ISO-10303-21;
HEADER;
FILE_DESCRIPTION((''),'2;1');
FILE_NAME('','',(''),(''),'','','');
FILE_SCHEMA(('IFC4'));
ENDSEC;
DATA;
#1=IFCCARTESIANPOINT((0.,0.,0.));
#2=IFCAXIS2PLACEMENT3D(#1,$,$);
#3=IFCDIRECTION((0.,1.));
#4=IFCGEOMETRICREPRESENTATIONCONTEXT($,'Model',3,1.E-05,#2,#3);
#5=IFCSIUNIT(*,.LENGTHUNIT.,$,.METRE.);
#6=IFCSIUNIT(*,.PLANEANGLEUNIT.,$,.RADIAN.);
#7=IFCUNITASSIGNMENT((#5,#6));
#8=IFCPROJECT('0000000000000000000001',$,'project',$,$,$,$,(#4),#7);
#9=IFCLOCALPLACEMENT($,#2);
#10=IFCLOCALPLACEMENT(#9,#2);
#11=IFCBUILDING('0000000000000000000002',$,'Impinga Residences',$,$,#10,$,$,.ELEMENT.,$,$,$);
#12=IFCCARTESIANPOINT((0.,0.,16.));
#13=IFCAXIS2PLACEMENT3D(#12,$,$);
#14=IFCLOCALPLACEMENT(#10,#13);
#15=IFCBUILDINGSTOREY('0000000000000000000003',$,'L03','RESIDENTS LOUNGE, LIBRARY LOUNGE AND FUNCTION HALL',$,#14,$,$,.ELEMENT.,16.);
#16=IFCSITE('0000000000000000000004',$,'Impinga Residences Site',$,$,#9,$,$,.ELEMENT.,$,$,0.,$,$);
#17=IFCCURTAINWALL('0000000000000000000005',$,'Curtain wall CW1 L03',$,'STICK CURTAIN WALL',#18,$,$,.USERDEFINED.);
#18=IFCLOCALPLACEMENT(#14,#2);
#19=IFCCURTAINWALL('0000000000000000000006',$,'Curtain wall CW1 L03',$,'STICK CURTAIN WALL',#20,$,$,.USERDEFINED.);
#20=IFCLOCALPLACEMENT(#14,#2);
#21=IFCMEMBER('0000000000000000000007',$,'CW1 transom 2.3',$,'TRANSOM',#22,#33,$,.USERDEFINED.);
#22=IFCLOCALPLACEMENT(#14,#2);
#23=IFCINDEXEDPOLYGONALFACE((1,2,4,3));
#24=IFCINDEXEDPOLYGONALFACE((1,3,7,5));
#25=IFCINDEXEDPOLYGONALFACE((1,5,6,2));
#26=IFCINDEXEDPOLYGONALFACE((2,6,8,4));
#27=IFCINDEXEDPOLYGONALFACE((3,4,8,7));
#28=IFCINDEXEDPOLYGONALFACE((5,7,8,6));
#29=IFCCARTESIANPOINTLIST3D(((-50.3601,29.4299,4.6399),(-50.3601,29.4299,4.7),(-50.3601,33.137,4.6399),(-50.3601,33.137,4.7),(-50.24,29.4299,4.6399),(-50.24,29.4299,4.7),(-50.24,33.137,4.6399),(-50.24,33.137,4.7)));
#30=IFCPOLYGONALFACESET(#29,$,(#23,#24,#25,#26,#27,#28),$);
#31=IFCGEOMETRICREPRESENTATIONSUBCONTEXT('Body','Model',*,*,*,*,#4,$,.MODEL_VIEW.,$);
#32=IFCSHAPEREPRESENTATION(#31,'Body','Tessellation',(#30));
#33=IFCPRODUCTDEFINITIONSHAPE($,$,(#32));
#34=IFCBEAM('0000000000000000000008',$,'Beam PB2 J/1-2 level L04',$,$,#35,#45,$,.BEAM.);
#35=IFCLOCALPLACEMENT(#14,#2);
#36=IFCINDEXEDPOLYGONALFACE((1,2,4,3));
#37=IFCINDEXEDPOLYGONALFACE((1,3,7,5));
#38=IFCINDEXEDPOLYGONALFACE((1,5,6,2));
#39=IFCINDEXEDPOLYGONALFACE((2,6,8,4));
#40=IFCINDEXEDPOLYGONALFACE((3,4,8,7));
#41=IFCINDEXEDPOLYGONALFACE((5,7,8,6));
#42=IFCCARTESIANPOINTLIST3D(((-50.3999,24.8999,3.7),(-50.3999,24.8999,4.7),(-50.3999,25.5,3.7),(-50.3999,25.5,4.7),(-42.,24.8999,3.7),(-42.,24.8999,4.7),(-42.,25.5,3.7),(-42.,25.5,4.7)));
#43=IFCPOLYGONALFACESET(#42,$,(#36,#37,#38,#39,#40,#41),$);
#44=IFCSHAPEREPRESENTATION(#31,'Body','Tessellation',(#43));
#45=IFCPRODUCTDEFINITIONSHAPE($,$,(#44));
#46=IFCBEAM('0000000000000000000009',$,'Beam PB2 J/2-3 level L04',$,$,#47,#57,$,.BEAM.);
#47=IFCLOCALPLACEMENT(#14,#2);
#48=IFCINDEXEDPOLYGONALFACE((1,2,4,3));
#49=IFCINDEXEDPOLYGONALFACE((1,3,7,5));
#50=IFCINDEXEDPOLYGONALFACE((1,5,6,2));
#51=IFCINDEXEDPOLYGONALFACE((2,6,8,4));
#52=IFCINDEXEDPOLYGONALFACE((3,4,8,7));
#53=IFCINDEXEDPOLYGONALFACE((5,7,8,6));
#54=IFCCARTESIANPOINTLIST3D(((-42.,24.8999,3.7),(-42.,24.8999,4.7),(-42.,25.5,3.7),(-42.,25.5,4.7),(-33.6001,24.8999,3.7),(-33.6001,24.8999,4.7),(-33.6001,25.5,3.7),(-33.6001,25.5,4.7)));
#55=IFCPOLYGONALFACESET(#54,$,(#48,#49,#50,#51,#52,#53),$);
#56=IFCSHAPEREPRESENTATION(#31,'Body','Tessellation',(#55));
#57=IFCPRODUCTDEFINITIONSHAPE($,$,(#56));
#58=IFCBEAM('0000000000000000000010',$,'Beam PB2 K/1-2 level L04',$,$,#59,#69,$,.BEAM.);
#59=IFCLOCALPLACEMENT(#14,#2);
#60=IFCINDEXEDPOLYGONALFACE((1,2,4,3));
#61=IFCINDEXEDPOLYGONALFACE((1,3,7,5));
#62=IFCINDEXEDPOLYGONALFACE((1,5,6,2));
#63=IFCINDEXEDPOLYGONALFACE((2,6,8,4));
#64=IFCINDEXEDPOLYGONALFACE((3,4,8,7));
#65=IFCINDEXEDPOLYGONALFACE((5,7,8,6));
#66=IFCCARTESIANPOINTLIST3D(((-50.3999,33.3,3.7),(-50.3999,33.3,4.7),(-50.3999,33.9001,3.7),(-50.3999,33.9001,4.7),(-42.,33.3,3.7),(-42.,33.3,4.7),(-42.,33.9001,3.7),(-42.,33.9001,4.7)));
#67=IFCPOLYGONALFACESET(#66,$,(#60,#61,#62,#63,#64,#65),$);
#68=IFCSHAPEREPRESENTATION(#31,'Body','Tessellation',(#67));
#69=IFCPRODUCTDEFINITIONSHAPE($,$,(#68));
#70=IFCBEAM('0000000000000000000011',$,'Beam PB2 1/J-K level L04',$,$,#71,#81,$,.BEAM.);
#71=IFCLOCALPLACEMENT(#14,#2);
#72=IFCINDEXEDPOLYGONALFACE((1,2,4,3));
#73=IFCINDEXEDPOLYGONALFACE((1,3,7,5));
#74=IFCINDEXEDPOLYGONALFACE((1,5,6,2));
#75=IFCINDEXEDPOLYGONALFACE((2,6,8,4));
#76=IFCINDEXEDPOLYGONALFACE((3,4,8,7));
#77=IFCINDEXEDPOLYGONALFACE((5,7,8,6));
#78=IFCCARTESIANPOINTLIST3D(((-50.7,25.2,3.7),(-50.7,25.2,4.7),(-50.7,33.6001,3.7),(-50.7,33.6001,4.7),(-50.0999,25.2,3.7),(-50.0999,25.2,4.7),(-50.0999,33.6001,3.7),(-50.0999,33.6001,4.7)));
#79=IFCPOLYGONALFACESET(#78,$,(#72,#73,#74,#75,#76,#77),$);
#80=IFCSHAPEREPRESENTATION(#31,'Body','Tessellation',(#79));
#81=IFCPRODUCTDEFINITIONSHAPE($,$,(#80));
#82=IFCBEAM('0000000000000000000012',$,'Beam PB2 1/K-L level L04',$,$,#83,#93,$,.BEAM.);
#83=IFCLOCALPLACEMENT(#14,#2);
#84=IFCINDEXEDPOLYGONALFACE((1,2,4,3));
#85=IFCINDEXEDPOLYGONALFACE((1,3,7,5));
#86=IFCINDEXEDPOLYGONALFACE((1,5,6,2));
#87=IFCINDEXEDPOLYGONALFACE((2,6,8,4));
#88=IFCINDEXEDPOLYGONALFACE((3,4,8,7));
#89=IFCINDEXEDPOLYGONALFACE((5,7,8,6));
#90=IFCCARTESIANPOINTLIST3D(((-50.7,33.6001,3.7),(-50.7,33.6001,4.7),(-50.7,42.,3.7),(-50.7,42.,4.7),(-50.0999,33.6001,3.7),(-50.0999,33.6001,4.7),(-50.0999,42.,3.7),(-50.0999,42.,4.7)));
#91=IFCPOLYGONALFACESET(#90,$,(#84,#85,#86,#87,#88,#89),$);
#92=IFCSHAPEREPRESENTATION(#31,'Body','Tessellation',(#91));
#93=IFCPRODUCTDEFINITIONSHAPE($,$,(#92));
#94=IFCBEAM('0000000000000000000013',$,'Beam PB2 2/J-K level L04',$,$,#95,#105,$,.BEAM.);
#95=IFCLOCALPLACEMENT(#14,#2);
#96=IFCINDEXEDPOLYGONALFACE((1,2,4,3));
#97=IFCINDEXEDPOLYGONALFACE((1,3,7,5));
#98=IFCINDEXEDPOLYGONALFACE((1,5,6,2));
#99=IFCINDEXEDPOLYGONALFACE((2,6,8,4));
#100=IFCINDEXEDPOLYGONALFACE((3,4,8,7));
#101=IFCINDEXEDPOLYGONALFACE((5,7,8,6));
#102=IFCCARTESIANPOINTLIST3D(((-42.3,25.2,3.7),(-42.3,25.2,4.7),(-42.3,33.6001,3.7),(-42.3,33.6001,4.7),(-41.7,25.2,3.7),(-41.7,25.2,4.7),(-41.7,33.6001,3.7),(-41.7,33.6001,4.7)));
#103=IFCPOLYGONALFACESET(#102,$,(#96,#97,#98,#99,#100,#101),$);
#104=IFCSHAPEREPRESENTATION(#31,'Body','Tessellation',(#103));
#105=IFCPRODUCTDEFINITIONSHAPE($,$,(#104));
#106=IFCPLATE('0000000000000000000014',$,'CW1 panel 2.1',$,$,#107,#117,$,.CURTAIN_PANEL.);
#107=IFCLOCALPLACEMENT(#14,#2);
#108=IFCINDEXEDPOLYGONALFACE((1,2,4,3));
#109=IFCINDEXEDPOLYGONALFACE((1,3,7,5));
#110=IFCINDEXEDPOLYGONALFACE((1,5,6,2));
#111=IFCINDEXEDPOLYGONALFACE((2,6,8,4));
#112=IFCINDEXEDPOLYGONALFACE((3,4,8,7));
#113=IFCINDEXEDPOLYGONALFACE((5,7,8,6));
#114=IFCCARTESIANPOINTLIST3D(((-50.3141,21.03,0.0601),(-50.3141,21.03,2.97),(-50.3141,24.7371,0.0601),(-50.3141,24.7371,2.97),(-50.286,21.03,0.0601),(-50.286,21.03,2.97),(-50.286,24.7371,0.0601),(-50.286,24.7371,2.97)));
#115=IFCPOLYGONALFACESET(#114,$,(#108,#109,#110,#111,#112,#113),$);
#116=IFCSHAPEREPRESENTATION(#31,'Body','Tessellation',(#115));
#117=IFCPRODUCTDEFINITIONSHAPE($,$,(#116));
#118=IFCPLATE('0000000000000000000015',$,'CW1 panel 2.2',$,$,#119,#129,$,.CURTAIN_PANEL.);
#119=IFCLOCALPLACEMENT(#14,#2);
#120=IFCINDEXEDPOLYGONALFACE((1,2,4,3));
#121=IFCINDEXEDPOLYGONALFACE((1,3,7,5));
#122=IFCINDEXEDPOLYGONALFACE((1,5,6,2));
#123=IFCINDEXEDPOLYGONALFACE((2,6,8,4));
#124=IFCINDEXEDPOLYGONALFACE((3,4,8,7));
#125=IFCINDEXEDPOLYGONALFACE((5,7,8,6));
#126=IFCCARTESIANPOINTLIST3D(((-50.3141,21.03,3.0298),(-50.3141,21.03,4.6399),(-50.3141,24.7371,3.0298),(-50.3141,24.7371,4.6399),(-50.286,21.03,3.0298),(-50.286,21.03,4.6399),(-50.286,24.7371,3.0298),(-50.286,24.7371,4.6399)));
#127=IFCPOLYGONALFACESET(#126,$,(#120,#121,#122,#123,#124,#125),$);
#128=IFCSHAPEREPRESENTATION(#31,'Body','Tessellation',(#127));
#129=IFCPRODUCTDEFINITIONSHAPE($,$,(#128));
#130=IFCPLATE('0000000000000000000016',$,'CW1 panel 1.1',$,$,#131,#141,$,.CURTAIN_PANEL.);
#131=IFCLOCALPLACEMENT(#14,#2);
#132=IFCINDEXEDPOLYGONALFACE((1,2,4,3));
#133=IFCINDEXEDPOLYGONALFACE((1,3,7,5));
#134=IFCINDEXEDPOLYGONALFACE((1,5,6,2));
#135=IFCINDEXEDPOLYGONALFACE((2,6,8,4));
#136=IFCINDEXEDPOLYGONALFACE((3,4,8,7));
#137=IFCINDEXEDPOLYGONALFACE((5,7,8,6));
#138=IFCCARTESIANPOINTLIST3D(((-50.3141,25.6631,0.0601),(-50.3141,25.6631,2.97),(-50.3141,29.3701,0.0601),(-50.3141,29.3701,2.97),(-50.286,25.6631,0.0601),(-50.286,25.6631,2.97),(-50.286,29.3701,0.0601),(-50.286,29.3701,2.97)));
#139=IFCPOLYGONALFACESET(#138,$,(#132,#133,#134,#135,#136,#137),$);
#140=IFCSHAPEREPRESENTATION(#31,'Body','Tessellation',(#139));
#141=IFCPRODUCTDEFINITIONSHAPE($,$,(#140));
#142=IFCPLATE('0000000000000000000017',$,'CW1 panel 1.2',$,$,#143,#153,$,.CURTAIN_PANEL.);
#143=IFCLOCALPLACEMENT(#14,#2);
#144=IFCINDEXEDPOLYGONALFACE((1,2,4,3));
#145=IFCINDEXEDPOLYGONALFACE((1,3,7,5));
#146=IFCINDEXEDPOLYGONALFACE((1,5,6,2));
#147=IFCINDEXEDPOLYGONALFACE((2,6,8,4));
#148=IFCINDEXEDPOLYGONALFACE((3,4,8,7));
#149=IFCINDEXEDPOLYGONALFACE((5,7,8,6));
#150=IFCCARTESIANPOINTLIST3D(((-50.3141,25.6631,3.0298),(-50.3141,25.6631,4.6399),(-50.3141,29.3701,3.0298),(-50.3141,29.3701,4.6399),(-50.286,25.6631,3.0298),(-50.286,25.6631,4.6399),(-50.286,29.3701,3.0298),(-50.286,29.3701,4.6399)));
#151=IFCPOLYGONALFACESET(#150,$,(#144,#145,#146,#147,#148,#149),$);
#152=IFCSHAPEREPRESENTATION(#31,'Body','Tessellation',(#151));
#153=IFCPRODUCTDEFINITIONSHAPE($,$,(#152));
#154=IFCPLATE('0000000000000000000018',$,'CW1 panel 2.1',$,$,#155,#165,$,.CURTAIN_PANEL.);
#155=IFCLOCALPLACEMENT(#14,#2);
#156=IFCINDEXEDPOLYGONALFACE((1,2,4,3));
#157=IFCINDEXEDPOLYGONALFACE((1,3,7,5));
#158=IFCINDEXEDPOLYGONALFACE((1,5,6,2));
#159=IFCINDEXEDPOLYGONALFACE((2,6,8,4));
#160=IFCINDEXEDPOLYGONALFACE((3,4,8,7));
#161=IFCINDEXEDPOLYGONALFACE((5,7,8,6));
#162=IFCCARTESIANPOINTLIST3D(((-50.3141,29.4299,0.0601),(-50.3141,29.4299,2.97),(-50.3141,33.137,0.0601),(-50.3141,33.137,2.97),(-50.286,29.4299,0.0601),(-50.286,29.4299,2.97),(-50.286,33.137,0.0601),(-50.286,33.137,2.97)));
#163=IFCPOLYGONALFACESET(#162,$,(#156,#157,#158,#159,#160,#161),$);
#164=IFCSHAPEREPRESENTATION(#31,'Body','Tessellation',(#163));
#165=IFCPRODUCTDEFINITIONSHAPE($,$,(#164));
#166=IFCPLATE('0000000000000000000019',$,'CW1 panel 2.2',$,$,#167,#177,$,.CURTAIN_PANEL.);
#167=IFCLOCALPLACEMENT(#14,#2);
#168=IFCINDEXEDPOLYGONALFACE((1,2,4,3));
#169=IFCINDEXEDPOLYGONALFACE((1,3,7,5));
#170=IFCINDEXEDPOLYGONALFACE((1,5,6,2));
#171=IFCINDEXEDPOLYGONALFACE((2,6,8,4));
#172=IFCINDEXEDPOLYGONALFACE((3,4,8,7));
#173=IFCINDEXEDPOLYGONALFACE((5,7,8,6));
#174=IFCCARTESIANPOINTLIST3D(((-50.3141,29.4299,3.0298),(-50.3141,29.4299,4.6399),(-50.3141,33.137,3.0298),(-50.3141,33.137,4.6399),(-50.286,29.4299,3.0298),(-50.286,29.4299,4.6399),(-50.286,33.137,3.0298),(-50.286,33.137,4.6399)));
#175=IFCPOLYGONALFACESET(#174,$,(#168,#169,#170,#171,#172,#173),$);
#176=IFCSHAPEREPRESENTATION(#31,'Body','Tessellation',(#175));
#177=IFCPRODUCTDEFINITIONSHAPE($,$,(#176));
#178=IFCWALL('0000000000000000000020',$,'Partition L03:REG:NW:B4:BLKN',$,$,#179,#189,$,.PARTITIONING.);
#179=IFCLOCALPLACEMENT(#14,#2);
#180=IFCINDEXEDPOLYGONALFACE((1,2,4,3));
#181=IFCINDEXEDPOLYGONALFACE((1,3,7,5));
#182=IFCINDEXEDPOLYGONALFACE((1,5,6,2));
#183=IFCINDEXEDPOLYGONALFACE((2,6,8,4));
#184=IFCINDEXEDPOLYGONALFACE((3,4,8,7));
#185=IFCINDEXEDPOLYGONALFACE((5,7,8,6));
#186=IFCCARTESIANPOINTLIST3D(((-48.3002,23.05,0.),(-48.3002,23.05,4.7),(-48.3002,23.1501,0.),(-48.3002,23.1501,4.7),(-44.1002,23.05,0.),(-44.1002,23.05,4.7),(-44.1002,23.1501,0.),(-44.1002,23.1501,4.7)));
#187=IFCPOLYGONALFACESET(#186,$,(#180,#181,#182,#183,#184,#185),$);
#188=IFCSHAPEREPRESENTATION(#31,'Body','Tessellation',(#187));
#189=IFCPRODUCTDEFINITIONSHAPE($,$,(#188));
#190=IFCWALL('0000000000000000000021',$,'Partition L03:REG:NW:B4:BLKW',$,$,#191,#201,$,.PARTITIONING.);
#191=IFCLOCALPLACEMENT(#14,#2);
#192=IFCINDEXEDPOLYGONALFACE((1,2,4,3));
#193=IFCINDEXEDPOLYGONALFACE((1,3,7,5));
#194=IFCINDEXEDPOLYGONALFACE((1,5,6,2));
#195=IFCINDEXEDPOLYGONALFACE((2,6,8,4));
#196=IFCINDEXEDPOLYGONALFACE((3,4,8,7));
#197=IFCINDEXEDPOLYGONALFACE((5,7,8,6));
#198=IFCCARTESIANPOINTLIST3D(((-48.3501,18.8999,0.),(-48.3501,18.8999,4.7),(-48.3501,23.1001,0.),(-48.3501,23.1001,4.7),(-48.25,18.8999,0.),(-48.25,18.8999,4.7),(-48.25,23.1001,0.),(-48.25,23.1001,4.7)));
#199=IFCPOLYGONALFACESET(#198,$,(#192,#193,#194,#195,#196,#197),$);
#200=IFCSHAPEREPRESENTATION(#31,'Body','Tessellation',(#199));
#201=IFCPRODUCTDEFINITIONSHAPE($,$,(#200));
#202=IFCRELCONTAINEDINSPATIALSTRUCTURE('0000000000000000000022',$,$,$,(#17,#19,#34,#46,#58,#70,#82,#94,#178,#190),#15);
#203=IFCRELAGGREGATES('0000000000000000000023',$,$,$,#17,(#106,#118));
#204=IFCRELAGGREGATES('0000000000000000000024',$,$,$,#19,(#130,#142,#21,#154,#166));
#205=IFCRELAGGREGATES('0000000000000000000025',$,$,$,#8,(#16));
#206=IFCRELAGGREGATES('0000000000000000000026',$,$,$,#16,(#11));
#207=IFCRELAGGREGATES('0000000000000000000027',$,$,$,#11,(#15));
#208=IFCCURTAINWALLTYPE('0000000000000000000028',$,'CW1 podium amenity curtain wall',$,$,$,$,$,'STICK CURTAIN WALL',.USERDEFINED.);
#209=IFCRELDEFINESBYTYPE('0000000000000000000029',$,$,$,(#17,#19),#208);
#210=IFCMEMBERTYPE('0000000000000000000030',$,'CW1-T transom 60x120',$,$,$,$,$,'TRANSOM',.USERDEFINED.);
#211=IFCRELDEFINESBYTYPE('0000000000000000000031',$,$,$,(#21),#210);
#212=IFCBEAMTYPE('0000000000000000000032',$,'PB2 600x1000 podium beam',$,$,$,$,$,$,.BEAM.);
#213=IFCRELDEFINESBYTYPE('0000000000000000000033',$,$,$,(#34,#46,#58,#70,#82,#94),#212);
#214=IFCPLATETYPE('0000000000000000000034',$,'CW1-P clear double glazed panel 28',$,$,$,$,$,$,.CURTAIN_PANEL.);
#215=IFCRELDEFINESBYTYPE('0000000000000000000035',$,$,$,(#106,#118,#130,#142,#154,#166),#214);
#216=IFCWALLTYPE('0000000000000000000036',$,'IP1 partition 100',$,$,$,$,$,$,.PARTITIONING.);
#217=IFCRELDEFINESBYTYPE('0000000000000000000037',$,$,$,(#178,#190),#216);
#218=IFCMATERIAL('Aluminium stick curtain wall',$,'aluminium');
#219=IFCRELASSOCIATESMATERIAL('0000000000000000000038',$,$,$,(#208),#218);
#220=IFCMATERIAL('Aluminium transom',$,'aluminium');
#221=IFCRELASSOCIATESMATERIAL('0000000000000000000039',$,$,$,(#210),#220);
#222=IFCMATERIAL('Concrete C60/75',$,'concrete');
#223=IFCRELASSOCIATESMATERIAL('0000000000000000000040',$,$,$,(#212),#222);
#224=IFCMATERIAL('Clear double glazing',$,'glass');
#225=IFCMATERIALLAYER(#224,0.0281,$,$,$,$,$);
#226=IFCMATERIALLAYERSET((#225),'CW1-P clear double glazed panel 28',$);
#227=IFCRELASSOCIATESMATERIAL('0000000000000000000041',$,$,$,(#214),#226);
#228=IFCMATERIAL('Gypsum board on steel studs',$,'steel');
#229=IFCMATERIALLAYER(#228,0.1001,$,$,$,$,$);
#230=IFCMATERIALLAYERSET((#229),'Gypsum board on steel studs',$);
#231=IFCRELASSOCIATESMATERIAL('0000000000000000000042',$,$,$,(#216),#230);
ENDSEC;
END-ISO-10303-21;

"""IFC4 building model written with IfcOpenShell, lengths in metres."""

from ifc_helpers import new_model, si_unit, direction, frame, frame_2d, origin, origin_2d, place, context, subcontext, project, spatial, rectangle, extrude, material, layer, layer_set, material_profile, profile_set, type_object, element, aggregate, save


model = new_model("IFC4")

# Units and contexts
model_context = context("Model", 3, precision=1e-05, world=origin(), true_north=direction((0.0, 1.0)))
body_context = subcontext(model_context, "Body", "Model", "MODEL_VIEW")
ifc_project = project(units=[si_unit("LENGTHUNIT", "METRE"), si_unit("PLANEANGLEUNIT", "RADIAN")], contexts=[model_context])

# Site, building, storey
site_placement = place(None, origin())
site = spatial("IfcSite", under=ifc_project, at=site_placement, Name="Impinga Residences Site", CompositionType="ELEMENT", RefElevation=0.0)
building_placement = place(site_placement, origin())
building = spatial("IfcBuilding", under=site, at=building_placement, Name="Impinga Residences", CompositionType="ELEMENT")
storey_placement = place(building_placement, frame((0.0, 0.0, 16.0)))
storey = spatial("IfcBuildingStorey", under=building, at=storey_placement, Name="L03", Description="RESIDENTS LOUNGE, LIBRARY LOUNGE AND FUNCTION HALL", CompositionType="ELEMENT", Elevation=16.0)

# Curtain wall
ifc_material_1 = material(Name="Aluminium stick curtain wall", Category="aluminium")
curtain_wall_type = type_object("IfcCurtainWallType", Name="CW1 podium amenity curtain wall", ElementType="STICK CURTAIN WALL", PredefinedType="USERDEFINED", material=ifc_material_1)
curtain_wall_1_placement = place(storey_placement, origin())
curtain_wall_1 = element("IfcCurtainWall", 1, at=curtain_wall_1_placement, inside=storey, type_object=curtain_wall_type, Name="Curtain wall CW1 L03", ObjectType="STICK CURTAIN WALL", PredefinedType="USERDEFINED")

# Curtain wall
curtain_wall_2_placement = place(storey_placement, origin())
curtain_wall_2 = element("IfcCurtainWall", 2, at=curtain_wall_2_placement, inside=storey, type_object=curtain_wall_type, Name="Curtain wall CW1 L03", ObjectType="STICK CURTAIN WALL", PredefinedType="USERDEFINED")

# Member
ifc_material_2 = material(Name="Aluminium transom", Category="aluminium")
ifc_material_profile_1 = material_profile(ifc_material_2, rectangle(XDim=0.0601, YDim=0.1201, at=origin_2d()), Name="60x120 transom")
ifc_profile_set_1 = profile_set([ifc_material_profile_1], Name="Aluminium transom")
member_type_1 = type_object("IfcMemberType", Name="CW1-T transom 60x120", ElementType="TRANSOM", PredefinedType="USERDEFINED", material=ifc_profile_set_1)
member_1_placement = place(storey_placement, frame((-50.3, 29.4299, 4.6699), z_axis=(0.0, 1.0, 0.0), x_axis=(0.0, 0.0, 1.0)))
member_1 = element("IfcMember", 3, at=member_1_placement, type_object=member_type_1, Name="CW1 transom 2.3", ObjectType="TRANSOM", PredefinedType="USERDEFINED", context=body_context, shape_type="SweptSolid", body=[
    extrude(rectangle(XDim=0.0601, YDim=0.1201, at=origin_2d()), origin(), (0.0, 0.0, 1.0), 3.707),
])

# Beams
ifc_material_3 = material(Name="Concrete C60/75", Category="concrete")
ifc_material_profile_2 = material_profile(ifc_material_3, rectangle(XDim=0.6001, YDim=1.0, at=origin_2d()), Name="RC 600x1000")
ifc_profile_set_2 = profile_set([ifc_material_profile_2], Name="Concrete C60/75")
beam_type = type_object("IfcBeamType", Name="PB2 600x1000 podium beam", PredefinedType="BEAM", material=ifc_profile_set_2)
for number, where, z_axis, x_axis, name in (
    (4, (-50.3999, 25.2, 4.2), (1.0, 0.0, 0.0), (0.0, 1.0, 0.0), "Beam PB2 J/1-2 level L04"),
    (5, (-42.0, 25.2, 4.2), (1.0, 0.0, 0.0), (0.0, 1.0, 0.0), "Beam PB2 J/2-3 level L04"),
    (6, (-50.3999, 33.6001, 4.2), (1.0, 0.0, 0.0), (0.0, 1.0, 0.0), "Beam PB2 K/1-2 level L04"),
):
    element("IfcBeam", number, at=place(storey_placement, frame(where, z_axis=z_axis, x_axis=x_axis)), inside=storey, type_object=beam_type, Name=name, PredefinedType="BEAM", context=body_context, shape_type="SweptSolid", body=[
        extrude(rectangle(XDim=0.6001, YDim=1.0, at=origin_2d()), origin(), (0.0, 0.0, 1.0), 8.3999),
    ])
beam_1_placement = place(storey_placement, frame((-50.3999, 25.2, 4.2), z_axis=(0.0, 1.0, 0.0), x_axis=(-1.0, 0.0, 0.0)))
element("IfcBeam", 7, at=beam_1_placement, inside=storey, type_object=beam_type, Name="Beam PB2 1/J-K level L04", PredefinedType="BEAM", context=body_context, shape_type="SweptSolid", body=[
    extrude(rectangle(XDim=0.6001, YDim=1.0, at=origin_2d()), origin(), (0.0, 0.0, 1.0), 8.4001),
])
beam_2_placement = place(storey_placement, frame((-50.3999, 33.6001, 4.2), z_axis=(0.0, 1.0, 0.0), x_axis=(-1.0, 0.0, 0.0)))
element("IfcBeam", 8, at=beam_2_placement, inside=storey, type_object=beam_type, Name="Beam PB2 1/K-L level L04", PredefinedType="BEAM", context=body_context, shape_type="SweptSolid", body=[
    extrude(rectangle(XDim=0.6001, YDim=1.0, at=origin_2d()), origin(), (0.0, 0.0, 1.0), 8.3999),
])
beam_3_placement = place(storey_placement, frame((-42.0, 25.2, 4.2), z_axis=(0.0, 1.0, 0.0), x_axis=(-1.0, 0.0, 0.0)))
element("IfcBeam", 9, at=beam_3_placement, inside=storey, type_object=beam_type, Name="Beam PB2 2/J-K level L04", PredefinedType="BEAM", context=body_context, shape_type="SweptSolid", body=[
    extrude(rectangle(XDim=0.6001, YDim=1.0, at=origin_2d()), origin(), (0.0, 0.0, 1.0), 8.4001),
])

# Plates
ifc_material_4 = material(Name="Clear double glazing", Category="glass")
ifc_layer_1 = layer(ifc_material_4, 0.0281)
ifc_layer_set_1 = layer_set([ifc_layer_1], Name="CW1-P clear double glazed panel 28")
plate_type = type_object("IfcPlateType", Name="CW1-P clear double glazed panel 28", PredefinedType="CURTAIN_PANEL", material=ifc_layer_set_1)
plate_1_placement = place(storey_placement, frame((-50.3, 22.8835, 0.0601), z_axis=(0.0, 0.0, 1.0), x_axis=(0.0, 1.0, 0.0)))
plate_1 = element("IfcPlate", 10, at=plate_1_placement, type_object=plate_type, Name="CW1 panel 2.1", PredefinedType="CURTAIN_PANEL", context=body_context, shape_type="SweptSolid", body=[
    extrude(rectangle(XDim=3.707, YDim=0.0281, at=origin_2d()), origin(), (0.0, 0.0, 1.0), 2.9099),
])
plate_2_placement = place(storey_placement, frame((-50.3, 22.8835, 3.0298), z_axis=(0.0, 0.0, 1.0), x_axis=(0.0, 1.0, 0.0)))
plate_2 = element("IfcPlate", 11, at=plate_2_placement, type_object=plate_type, Name="CW1 panel 2.2", PredefinedType="CURTAIN_PANEL", context=body_context, shape_type="SweptSolid", body=[
    extrude(rectangle(XDim=3.707, YDim=0.0281, at=origin_2d()), origin(), (0.0, 0.0, 1.0), 1.6101),
])
aggregate(curtain_wall_1, [plate_1, plate_2])
plate_3_placement = place(storey_placement, frame((-50.3, 27.5166, 0.0601), z_axis=(0.0, 0.0, 1.0), x_axis=(0.0, 1.0, 0.0)))
plate_3 = element("IfcPlate", 12, at=plate_3_placement, type_object=plate_type, Name="CW1 panel 1.1", PredefinedType="CURTAIN_PANEL", context=body_context, shape_type="SweptSolid", body=[
    extrude(rectangle(XDim=3.707, YDim=0.0281, at=origin_2d()), origin(), (0.0, 0.0, 1.0), 2.9099),
])
plate_4_placement = place(storey_placement, frame((-50.3, 27.5166, 3.0298), z_axis=(0.0, 0.0, 1.0), x_axis=(0.0, 1.0, 0.0)))
plate_4 = element("IfcPlate", 13, at=plate_4_placement, type_object=plate_type, Name="CW1 panel 1.2", PredefinedType="CURTAIN_PANEL", context=body_context, shape_type="SweptSolid", body=[
    extrude(rectangle(XDim=3.707, YDim=0.0281, at=origin_2d()), origin(), (0.0, 0.0, 1.0), 1.6101),
])
plate_5_placement = place(storey_placement, frame((-50.3, 31.2834, 0.0601), z_axis=(0.0, 0.0, 1.0), x_axis=(0.0, 1.0, 0.0)))
plate_5 = element("IfcPlate", 14, at=plate_5_placement, type_object=plate_type, Name="CW1 panel 2.1", PredefinedType="CURTAIN_PANEL", context=body_context, shape_type="SweptSolid", body=[
    extrude(rectangle(XDim=3.707, YDim=0.0281, at=origin_2d()), origin(), (0.0, 0.0, 1.0), 2.9099),
])
plate_6_placement = place(storey_placement, frame((-50.3, 31.2834, 3.0298), z_axis=(0.0, 0.0, 1.0), x_axis=(0.0, 1.0, 0.0)))
plate_6 = element("IfcPlate", 15, at=plate_6_placement, type_object=plate_type, Name="CW1 panel 2.2", PredefinedType="CURTAIN_PANEL", context=body_context, shape_type="SweptSolid", body=[
    extrude(rectangle(XDim=3.707, YDim=0.0281, at=origin_2d()), origin(), (0.0, 0.0, 1.0), 1.6101),
])
aggregate(curtain_wall_2, [plate_3, plate_4, member_1, plate_5, plate_6])

# Walls
ifc_material_5 = material(Name="Gypsum board on steel studs", Category="steel")
ifc_layer_2 = layer(ifc_material_5, 0.1001)
ifc_layer_set_2 = layer_set([ifc_layer_2], Name="Gypsum board on steel studs")
wall_type = type_object("IfcWallType", Name="IP1 partition 100", PredefinedType="PARTITIONING", material=ifc_layer_set_2)
wall_1_placement = place(storey_placement, frame((-44.1001, 23.1001, 0.0), z_axis=(0.0, 0.0, 1.0), x_axis=(-1.0, 0.0, 0.0)))
element("IfcWall", 16, at=wall_1_placement, inside=storey, type_object=wall_type, Name="Partition L03:REG:NW:B4:BLKN", PredefinedType="PARTITIONING", context=body_context, shape_type="SweptSolid", body=[
    extrude(rectangle(XDim=4.2, YDim=0.1001, at=frame_2d((2.1001, 0.0))), origin(), (0.0, 0.0, 1.0), 4.7),
])
wall_2_placement = place(storey_placement, frame((-48.3, 23.1001, 0.0), z_axis=(0.0, 0.0, 1.0), x_axis=(0.0, -1.0, 0.0)))
element("IfcWall", 17, at=wall_2_placement, inside=storey, type_object=wall_type, Name="Partition L03:REG:NW:B4:BLKW", PredefinedType="PARTITIONING", context=body_context, shape_type="SweptSolid", body=[
    extrude(rectangle(XDim=4.2002, YDim=0.1001, at=frame_2d((2.1001, 0.0))), origin(), (0.0, 0.0, 1.0), 4.7),
])

save(model, "model.ifc")
